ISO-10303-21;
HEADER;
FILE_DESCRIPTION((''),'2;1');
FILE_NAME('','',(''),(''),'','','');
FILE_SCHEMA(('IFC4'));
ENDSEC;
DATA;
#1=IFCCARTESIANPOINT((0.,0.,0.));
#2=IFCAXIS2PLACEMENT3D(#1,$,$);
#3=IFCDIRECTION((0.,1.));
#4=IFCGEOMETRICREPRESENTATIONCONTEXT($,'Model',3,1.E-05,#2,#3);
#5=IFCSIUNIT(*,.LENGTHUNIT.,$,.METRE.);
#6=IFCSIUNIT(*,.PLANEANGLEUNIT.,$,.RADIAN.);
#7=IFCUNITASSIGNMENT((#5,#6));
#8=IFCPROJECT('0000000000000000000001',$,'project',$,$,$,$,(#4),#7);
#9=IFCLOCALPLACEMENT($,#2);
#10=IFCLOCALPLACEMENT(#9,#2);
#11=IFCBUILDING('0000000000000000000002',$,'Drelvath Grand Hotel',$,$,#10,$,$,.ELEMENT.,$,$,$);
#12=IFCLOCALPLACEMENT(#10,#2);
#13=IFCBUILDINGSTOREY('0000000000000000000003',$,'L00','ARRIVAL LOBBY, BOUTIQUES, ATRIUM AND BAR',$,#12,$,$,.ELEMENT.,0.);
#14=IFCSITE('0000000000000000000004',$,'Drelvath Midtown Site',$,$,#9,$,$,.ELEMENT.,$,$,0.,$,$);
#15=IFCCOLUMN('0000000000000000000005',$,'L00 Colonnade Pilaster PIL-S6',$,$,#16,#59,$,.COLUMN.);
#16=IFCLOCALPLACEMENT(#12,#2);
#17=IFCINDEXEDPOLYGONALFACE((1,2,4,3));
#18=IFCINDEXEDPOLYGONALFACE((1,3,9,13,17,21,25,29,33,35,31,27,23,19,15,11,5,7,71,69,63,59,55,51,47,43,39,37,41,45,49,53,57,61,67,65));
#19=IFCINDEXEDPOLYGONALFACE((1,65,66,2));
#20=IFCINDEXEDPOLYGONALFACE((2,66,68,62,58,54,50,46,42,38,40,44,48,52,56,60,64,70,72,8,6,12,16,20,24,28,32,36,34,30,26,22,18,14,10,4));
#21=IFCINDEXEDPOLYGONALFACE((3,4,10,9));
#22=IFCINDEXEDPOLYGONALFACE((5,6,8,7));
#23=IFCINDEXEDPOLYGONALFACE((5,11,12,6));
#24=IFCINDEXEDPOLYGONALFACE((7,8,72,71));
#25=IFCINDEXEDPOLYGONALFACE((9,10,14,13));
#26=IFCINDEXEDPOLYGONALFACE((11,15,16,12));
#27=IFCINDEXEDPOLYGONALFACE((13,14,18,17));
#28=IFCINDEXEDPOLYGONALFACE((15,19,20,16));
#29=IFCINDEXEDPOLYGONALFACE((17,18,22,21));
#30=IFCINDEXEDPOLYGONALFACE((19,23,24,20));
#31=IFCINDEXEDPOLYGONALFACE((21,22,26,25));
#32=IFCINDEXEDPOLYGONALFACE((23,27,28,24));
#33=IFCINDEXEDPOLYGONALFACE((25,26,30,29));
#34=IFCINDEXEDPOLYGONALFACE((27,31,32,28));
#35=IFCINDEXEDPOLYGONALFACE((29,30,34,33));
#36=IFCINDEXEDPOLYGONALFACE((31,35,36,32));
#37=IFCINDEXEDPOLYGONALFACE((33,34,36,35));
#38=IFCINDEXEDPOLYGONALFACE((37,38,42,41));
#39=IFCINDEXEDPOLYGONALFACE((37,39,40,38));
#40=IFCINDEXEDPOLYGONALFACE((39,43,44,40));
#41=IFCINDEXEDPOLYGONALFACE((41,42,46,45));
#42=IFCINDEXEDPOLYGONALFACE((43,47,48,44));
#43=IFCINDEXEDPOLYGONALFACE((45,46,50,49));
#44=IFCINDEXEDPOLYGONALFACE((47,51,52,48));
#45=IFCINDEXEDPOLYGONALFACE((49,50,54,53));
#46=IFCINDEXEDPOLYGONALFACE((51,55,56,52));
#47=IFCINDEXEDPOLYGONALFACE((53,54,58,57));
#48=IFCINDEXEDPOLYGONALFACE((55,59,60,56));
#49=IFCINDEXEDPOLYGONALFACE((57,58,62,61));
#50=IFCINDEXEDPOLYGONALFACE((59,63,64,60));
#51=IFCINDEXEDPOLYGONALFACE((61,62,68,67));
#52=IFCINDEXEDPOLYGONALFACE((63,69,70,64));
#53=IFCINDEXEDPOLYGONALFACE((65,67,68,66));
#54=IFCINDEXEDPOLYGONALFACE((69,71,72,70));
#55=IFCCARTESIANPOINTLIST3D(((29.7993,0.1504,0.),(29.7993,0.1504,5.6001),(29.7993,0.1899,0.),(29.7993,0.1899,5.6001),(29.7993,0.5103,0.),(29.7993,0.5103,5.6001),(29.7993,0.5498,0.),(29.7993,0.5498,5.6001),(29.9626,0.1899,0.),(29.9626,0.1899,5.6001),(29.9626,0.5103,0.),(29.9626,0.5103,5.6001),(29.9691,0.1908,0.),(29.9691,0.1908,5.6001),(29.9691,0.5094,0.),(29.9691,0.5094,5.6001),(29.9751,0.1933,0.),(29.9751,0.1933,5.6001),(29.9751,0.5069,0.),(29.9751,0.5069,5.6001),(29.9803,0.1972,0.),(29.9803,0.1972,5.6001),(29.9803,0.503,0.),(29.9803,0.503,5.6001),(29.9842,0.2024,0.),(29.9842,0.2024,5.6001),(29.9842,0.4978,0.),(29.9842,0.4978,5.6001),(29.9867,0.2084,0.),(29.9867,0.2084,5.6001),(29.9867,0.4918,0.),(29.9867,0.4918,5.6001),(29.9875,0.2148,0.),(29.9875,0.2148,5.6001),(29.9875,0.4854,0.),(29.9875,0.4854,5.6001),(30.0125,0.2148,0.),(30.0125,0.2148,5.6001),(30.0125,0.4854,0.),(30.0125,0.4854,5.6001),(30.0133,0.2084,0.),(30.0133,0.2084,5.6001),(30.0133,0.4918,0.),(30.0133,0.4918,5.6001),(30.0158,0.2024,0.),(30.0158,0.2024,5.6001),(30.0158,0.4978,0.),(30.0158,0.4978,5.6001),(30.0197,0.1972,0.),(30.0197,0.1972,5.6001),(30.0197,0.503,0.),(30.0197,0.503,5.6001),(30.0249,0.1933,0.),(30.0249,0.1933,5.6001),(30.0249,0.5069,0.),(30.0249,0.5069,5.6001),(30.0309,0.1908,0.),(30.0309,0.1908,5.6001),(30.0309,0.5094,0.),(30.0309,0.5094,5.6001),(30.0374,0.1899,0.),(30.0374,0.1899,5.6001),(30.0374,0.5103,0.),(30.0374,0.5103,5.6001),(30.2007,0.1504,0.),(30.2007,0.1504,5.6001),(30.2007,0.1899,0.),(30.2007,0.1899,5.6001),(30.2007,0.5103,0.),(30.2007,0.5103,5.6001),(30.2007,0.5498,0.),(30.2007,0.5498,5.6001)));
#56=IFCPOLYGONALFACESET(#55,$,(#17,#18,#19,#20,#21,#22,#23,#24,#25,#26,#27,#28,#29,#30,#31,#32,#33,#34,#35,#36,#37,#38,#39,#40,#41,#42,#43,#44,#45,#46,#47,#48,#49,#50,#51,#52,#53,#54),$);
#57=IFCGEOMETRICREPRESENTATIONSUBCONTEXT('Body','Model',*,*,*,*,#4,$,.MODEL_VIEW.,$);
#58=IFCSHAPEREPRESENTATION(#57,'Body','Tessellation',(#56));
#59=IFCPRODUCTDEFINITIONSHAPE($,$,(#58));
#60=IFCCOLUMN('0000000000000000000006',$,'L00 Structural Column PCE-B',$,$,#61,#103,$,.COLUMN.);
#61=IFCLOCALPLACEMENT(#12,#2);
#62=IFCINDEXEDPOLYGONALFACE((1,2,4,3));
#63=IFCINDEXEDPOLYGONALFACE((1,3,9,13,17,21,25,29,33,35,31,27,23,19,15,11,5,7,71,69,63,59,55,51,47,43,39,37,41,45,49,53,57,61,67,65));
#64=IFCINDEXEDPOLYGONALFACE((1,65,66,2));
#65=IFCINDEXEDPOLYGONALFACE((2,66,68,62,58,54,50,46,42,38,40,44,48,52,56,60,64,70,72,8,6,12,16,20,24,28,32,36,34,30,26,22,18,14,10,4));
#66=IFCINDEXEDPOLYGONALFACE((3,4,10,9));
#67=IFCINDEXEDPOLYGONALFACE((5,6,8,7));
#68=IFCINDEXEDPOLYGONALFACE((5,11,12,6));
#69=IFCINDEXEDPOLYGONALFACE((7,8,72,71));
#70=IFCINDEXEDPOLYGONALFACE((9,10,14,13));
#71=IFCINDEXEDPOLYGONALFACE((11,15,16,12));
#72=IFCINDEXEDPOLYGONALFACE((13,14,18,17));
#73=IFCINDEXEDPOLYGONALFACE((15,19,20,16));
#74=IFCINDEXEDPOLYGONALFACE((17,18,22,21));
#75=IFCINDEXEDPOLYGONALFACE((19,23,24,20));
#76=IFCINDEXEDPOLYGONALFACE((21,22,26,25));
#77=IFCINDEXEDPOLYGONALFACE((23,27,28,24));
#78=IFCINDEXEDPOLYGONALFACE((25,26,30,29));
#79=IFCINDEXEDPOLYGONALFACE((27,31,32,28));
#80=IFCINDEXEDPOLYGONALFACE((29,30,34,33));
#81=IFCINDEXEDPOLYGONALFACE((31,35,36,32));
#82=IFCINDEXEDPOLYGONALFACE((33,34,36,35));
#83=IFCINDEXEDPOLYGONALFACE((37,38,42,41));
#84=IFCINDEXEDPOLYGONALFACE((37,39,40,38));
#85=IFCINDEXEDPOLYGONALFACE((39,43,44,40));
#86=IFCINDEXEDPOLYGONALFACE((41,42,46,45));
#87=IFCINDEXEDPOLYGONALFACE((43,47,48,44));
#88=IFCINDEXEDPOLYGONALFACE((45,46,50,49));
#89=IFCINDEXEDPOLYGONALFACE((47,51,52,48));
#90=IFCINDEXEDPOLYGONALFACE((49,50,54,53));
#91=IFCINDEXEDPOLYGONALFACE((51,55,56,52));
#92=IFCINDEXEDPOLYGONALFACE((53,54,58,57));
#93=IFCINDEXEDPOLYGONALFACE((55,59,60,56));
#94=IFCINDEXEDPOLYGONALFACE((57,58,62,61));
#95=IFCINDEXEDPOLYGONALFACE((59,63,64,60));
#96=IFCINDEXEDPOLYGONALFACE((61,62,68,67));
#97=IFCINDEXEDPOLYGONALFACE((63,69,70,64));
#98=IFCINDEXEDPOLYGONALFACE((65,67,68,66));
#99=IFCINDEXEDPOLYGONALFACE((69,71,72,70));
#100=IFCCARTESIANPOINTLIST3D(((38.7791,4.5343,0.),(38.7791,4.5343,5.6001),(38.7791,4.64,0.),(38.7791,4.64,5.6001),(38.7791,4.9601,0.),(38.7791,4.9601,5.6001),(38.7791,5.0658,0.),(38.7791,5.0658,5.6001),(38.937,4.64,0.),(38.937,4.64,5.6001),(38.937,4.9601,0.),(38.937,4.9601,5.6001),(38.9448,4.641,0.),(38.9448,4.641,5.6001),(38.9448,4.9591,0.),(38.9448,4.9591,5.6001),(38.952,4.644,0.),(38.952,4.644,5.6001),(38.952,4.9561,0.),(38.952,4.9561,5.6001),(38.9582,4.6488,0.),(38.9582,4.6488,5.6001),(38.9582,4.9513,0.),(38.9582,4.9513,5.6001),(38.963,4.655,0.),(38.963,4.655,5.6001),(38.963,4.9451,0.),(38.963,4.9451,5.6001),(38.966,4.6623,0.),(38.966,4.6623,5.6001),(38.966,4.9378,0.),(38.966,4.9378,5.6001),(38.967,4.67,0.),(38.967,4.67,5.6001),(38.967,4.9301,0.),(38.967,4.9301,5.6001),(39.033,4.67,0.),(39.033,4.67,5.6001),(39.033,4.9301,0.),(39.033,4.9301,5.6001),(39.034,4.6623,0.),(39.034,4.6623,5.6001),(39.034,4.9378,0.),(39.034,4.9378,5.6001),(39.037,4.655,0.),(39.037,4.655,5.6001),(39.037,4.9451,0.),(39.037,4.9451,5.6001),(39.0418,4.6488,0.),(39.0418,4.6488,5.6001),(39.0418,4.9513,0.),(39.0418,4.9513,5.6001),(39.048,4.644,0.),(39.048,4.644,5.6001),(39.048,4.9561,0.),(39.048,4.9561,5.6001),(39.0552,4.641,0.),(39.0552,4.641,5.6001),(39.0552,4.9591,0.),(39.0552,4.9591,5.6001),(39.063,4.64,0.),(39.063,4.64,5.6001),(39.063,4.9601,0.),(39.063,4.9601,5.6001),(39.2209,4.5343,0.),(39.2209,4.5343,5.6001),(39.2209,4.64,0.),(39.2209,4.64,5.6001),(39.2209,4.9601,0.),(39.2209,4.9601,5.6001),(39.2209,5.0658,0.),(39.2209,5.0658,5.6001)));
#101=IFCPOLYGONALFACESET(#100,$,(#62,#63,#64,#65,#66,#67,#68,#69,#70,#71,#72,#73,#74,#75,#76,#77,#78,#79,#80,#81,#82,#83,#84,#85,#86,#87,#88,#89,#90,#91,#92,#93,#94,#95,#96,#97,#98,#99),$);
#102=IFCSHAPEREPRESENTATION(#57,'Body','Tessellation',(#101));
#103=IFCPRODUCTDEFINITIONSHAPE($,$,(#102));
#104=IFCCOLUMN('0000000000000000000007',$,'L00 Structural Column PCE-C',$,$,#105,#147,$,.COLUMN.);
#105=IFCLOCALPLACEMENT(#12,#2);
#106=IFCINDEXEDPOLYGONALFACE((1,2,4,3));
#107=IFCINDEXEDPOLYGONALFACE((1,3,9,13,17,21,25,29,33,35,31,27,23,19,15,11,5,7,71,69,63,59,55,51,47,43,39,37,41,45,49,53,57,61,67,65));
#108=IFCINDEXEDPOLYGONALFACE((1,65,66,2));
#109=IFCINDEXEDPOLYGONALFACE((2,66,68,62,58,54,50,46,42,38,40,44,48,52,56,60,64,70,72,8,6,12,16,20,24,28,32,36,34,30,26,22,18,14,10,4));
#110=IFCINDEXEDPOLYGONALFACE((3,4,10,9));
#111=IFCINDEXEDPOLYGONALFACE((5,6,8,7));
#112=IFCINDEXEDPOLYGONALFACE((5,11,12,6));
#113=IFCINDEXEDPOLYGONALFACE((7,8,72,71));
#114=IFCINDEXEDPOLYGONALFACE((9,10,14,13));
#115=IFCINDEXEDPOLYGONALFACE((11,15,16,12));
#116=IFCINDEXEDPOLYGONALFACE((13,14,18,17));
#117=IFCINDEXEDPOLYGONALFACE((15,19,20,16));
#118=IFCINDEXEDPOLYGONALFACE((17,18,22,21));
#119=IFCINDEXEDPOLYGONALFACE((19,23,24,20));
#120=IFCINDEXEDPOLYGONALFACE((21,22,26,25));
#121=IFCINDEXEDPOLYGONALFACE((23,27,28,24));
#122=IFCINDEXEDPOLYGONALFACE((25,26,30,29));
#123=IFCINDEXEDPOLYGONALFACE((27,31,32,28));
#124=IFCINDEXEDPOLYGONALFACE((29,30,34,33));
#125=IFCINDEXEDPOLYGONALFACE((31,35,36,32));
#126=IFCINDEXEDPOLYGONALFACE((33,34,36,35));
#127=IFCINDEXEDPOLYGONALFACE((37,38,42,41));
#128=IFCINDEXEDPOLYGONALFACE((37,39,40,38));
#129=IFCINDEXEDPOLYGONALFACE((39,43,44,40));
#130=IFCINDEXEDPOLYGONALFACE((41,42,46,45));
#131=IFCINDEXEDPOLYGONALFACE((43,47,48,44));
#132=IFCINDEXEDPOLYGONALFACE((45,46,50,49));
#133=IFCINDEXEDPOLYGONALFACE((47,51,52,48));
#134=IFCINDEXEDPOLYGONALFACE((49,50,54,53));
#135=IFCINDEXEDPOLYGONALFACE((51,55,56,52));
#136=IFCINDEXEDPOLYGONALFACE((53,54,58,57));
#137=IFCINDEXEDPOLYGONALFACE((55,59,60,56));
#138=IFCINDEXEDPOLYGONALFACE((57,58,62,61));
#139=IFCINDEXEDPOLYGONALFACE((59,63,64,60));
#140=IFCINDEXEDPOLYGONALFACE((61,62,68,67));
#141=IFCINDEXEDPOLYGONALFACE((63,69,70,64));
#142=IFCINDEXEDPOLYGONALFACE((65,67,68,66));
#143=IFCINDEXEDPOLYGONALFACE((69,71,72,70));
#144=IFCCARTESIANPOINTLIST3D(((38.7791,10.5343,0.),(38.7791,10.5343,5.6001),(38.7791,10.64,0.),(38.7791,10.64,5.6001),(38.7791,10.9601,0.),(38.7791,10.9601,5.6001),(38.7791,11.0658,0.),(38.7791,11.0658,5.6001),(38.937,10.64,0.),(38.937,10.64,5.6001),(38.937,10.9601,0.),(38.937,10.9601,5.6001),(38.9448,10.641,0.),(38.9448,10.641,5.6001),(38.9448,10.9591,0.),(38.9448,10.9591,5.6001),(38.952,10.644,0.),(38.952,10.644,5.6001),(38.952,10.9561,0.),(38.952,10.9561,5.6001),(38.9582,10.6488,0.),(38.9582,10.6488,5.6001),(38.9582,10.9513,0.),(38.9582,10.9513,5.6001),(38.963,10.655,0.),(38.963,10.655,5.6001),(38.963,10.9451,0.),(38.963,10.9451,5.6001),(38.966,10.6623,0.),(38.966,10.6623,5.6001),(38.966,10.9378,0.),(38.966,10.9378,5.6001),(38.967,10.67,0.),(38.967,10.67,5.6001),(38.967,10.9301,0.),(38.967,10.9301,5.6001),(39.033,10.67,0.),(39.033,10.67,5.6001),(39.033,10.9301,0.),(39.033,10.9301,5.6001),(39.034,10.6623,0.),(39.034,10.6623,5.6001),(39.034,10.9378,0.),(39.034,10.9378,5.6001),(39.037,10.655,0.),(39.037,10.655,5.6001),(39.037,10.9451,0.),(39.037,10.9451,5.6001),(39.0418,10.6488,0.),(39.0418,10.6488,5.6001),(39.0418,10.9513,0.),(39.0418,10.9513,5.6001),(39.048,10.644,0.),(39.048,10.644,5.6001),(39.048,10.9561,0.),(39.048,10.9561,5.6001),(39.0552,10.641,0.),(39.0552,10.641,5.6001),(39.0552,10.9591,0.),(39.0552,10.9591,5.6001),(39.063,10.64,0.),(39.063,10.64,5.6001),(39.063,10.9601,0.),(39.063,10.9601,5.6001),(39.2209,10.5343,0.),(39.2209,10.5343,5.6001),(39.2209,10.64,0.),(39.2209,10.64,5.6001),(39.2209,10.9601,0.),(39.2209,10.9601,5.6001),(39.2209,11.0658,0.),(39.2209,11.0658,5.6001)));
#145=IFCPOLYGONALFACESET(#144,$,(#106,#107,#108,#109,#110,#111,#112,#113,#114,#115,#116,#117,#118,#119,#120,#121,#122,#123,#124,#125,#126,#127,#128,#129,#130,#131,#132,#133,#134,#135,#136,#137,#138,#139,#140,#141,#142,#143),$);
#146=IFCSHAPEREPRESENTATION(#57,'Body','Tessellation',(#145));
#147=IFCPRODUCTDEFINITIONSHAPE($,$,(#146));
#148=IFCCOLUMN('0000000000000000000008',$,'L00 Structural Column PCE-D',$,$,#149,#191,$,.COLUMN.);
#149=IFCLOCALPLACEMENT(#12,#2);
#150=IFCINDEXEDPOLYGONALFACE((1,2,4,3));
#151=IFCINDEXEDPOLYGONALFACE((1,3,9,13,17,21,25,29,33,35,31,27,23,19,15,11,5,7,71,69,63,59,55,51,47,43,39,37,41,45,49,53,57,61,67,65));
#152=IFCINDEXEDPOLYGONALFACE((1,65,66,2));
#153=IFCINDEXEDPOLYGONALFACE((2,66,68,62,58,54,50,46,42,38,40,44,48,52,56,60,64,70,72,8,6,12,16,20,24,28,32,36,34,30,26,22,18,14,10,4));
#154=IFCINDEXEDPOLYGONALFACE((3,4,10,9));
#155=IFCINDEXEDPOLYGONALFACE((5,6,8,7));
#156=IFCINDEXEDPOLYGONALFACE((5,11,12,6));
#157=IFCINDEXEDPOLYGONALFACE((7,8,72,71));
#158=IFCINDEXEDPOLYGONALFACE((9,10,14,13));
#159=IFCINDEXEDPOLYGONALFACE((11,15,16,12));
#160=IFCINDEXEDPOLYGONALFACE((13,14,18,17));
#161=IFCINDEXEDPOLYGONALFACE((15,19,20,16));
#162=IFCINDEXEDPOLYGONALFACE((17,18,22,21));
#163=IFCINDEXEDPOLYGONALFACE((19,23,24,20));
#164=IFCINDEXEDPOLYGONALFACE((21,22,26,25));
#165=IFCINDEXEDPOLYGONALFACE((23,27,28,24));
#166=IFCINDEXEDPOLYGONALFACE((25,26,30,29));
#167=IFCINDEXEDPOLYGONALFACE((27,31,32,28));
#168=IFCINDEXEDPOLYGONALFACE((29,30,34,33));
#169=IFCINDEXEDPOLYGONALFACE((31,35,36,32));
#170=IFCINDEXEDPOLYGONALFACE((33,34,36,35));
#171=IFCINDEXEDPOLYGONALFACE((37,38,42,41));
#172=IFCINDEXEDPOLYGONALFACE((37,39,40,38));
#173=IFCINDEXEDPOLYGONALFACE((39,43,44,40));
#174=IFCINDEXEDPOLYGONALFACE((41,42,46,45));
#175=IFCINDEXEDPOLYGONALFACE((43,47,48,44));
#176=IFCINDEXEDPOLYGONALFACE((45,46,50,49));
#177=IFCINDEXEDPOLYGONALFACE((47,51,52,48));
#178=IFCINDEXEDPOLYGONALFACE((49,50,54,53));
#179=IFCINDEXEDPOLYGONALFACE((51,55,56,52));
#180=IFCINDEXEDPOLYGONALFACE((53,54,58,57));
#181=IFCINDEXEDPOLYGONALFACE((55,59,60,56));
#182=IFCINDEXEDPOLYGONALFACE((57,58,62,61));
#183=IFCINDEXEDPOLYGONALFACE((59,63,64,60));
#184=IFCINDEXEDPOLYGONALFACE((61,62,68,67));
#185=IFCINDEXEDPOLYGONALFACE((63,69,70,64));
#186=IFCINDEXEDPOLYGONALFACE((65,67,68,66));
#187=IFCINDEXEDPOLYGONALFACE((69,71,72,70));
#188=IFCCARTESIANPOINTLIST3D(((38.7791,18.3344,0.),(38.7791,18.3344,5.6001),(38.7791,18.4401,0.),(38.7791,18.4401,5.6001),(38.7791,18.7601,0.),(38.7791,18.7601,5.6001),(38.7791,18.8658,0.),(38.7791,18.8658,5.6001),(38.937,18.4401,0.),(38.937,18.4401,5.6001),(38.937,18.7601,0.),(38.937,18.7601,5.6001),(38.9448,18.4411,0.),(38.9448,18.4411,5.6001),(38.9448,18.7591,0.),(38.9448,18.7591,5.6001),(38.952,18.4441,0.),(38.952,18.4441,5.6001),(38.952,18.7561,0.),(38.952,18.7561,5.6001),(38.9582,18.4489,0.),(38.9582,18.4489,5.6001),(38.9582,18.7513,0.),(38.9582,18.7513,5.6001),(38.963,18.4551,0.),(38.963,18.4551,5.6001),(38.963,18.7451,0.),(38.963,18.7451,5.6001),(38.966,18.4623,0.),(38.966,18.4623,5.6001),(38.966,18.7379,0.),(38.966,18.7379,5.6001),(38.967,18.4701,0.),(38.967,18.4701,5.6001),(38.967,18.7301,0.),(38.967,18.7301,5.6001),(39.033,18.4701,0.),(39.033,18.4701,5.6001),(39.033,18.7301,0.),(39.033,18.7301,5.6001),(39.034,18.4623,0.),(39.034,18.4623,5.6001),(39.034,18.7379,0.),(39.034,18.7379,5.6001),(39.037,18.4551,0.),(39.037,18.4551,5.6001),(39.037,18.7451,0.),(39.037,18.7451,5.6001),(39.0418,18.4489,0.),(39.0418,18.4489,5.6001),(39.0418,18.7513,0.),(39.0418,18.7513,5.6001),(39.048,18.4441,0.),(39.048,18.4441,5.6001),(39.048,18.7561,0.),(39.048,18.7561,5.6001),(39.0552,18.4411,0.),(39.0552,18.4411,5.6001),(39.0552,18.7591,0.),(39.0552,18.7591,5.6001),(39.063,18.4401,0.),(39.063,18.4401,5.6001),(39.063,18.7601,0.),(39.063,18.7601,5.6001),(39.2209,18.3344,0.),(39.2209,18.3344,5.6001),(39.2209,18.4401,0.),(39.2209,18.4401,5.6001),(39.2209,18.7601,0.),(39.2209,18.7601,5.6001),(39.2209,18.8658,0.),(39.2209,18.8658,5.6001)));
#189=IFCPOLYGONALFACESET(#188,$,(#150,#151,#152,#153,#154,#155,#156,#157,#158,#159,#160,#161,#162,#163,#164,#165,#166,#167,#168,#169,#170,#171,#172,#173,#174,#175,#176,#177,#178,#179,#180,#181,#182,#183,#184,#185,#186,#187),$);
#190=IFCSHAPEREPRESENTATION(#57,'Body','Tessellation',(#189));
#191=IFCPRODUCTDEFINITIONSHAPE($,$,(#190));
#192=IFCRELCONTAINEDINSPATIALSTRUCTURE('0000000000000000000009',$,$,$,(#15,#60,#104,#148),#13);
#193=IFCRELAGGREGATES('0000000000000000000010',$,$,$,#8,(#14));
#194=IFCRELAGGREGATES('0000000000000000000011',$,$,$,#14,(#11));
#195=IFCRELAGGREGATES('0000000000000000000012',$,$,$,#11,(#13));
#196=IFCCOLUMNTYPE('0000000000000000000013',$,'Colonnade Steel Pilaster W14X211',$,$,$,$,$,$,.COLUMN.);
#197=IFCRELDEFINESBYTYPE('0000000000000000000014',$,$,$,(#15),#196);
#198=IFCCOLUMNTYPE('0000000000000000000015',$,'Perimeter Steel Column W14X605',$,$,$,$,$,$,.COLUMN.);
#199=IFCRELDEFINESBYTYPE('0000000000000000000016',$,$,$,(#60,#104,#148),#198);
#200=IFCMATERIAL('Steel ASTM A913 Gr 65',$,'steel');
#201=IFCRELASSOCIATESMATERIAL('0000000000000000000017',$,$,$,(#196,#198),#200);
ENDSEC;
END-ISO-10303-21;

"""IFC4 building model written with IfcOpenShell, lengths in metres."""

from ifc_helpers import new_model, si_unit, direction, frame, origin, origin_2d, place, context, subcontext, project, spatial, i_section, extrude, material, material_profile, profile_set, type_object, element, save


model = new_model("IFC4")

# Units and contexts
model_context = context("Model", 3, precision=1e-05, world=origin(), true_north=direction((0.0, 1.0)))
body_context = subcontext(model_context, "Body", "Model", "MODEL_VIEW")
ifc_project = project(units=[si_unit("LENGTHUNIT", "METRE"), si_unit("PLANEANGLEUNIT", "RADIAN")], contexts=[model_context])

# Site, building, storey
site_placement = place(None, origin())
site = spatial("IfcSite", under=ifc_project, at=site_placement, Name="Drelvath Midtown Site", CompositionType="ELEMENT", RefElevation=0.0)
building_placement = place(site_placement, origin())
building = spatial("IfcBuilding", under=site, at=building_placement, Name="Drelvath Grand Hotel", CompositionType="ELEMENT")
storey_placement = place(building_placement, origin())
storey = spatial("IfcBuildingStorey", under=building, at=storey_placement, Name="L00", Description="ARRIVAL LOBBY, BOUTIQUES, ATRIUM AND BAR", CompositionType="ELEMENT", Elevation=0.0)

# Columns
ifc_material_1 = material(Name="Steel ASTM A913 Gr 65", Category="steel")
ifc_material_profile_1 = material_profile(ifc_material_1, i_section(OverallWidth=0.4014, OverallDepth=0.3994, WebThickness=0.0249, FlangeThickness=0.0396, FilletRadius=0.0249, at=origin_2d()), Name="W14X211")
ifc_profile_set_1 = profile_set([ifc_material_profile_1], Name="Steel ASTM A913 Gr 65")
column_type_1 = type_object("IfcColumnType", Name="Colonnade Steel Pilaster W14X211", PredefinedType="COLUMN", material=ifc_profile_set_1)
column_placement = place(storey_placement, frame((30.0, 0.3501, 0.0), z_axis=(0.0, 0.0, 1.0), x_axis=(1.0, 0.0, 0.0)))
element("IfcColumn", 1, at=column_placement, inside=storey, type_object=column_type_1, Name="L00 Colonnade Pilaster PIL-S6", PredefinedType="COLUMN", context=body_context, shape_type="SweptSolid", body=[
    extrude(i_section(OverallWidth=0.4014, OverallDepth=0.3994, WebThickness=0.0249, FlangeThickness=0.0396, FilletRadius=0.0249, at=origin_2d()), origin(), (0.0, 0.0, 1.0), 5.6001),
])
ifc_material_profile_2 = material_profile(ifc_material_1, i_section(OverallWidth=0.4419, OverallDepth=0.5315, WebThickness=0.0659, FlangeThickness=0.1057, FilletRadius=0.03, at=origin_2d()), Name="W14X605")
ifc_profile_set_2 = profile_set([ifc_material_profile_2], Name="Steel ASTM A913 Gr 65")
column_type_2 = type_object("IfcColumnType", Name="Perimeter Steel Column W14X605", PredefinedType="COLUMN", material=ifc_profile_set_2)
for number, where, z_axis, x_axis, name in (
    (2, (39.0, 4.8, 0.0), (0.0, 0.0, 1.0), (1.0, 0.0, 0.0), "L00 Structural Column PCE-B"),
    (3, (39.0, 10.8, 0.0), (0.0, 0.0, 1.0), (1.0, 0.0, 0.0), "L00 Structural Column PCE-C"),
    (4, (39.0, 18.6001, 0.0), (0.0, 0.0, 1.0), (1.0, 0.0, 0.0), "L00 Structural Column PCE-D"),
):
    element("IfcColumn", number, at=place(storey_placement, frame(where, z_axis=z_axis, x_axis=x_axis)), inside=storey, type_object=column_type_2, Name=name, PredefinedType="COLUMN", context=body_context, shape_type="SweptSolid", body=[
        extrude(i_section(OverallWidth=0.4419, OverallDepth=0.5315, WebThickness=0.0659, FlangeThickness=0.1057, FilletRadius=0.03, at=origin_2d()), origin(), (0.0, 0.0, 1.0), 5.6001),
    ])

save(model, "model.ifc")
